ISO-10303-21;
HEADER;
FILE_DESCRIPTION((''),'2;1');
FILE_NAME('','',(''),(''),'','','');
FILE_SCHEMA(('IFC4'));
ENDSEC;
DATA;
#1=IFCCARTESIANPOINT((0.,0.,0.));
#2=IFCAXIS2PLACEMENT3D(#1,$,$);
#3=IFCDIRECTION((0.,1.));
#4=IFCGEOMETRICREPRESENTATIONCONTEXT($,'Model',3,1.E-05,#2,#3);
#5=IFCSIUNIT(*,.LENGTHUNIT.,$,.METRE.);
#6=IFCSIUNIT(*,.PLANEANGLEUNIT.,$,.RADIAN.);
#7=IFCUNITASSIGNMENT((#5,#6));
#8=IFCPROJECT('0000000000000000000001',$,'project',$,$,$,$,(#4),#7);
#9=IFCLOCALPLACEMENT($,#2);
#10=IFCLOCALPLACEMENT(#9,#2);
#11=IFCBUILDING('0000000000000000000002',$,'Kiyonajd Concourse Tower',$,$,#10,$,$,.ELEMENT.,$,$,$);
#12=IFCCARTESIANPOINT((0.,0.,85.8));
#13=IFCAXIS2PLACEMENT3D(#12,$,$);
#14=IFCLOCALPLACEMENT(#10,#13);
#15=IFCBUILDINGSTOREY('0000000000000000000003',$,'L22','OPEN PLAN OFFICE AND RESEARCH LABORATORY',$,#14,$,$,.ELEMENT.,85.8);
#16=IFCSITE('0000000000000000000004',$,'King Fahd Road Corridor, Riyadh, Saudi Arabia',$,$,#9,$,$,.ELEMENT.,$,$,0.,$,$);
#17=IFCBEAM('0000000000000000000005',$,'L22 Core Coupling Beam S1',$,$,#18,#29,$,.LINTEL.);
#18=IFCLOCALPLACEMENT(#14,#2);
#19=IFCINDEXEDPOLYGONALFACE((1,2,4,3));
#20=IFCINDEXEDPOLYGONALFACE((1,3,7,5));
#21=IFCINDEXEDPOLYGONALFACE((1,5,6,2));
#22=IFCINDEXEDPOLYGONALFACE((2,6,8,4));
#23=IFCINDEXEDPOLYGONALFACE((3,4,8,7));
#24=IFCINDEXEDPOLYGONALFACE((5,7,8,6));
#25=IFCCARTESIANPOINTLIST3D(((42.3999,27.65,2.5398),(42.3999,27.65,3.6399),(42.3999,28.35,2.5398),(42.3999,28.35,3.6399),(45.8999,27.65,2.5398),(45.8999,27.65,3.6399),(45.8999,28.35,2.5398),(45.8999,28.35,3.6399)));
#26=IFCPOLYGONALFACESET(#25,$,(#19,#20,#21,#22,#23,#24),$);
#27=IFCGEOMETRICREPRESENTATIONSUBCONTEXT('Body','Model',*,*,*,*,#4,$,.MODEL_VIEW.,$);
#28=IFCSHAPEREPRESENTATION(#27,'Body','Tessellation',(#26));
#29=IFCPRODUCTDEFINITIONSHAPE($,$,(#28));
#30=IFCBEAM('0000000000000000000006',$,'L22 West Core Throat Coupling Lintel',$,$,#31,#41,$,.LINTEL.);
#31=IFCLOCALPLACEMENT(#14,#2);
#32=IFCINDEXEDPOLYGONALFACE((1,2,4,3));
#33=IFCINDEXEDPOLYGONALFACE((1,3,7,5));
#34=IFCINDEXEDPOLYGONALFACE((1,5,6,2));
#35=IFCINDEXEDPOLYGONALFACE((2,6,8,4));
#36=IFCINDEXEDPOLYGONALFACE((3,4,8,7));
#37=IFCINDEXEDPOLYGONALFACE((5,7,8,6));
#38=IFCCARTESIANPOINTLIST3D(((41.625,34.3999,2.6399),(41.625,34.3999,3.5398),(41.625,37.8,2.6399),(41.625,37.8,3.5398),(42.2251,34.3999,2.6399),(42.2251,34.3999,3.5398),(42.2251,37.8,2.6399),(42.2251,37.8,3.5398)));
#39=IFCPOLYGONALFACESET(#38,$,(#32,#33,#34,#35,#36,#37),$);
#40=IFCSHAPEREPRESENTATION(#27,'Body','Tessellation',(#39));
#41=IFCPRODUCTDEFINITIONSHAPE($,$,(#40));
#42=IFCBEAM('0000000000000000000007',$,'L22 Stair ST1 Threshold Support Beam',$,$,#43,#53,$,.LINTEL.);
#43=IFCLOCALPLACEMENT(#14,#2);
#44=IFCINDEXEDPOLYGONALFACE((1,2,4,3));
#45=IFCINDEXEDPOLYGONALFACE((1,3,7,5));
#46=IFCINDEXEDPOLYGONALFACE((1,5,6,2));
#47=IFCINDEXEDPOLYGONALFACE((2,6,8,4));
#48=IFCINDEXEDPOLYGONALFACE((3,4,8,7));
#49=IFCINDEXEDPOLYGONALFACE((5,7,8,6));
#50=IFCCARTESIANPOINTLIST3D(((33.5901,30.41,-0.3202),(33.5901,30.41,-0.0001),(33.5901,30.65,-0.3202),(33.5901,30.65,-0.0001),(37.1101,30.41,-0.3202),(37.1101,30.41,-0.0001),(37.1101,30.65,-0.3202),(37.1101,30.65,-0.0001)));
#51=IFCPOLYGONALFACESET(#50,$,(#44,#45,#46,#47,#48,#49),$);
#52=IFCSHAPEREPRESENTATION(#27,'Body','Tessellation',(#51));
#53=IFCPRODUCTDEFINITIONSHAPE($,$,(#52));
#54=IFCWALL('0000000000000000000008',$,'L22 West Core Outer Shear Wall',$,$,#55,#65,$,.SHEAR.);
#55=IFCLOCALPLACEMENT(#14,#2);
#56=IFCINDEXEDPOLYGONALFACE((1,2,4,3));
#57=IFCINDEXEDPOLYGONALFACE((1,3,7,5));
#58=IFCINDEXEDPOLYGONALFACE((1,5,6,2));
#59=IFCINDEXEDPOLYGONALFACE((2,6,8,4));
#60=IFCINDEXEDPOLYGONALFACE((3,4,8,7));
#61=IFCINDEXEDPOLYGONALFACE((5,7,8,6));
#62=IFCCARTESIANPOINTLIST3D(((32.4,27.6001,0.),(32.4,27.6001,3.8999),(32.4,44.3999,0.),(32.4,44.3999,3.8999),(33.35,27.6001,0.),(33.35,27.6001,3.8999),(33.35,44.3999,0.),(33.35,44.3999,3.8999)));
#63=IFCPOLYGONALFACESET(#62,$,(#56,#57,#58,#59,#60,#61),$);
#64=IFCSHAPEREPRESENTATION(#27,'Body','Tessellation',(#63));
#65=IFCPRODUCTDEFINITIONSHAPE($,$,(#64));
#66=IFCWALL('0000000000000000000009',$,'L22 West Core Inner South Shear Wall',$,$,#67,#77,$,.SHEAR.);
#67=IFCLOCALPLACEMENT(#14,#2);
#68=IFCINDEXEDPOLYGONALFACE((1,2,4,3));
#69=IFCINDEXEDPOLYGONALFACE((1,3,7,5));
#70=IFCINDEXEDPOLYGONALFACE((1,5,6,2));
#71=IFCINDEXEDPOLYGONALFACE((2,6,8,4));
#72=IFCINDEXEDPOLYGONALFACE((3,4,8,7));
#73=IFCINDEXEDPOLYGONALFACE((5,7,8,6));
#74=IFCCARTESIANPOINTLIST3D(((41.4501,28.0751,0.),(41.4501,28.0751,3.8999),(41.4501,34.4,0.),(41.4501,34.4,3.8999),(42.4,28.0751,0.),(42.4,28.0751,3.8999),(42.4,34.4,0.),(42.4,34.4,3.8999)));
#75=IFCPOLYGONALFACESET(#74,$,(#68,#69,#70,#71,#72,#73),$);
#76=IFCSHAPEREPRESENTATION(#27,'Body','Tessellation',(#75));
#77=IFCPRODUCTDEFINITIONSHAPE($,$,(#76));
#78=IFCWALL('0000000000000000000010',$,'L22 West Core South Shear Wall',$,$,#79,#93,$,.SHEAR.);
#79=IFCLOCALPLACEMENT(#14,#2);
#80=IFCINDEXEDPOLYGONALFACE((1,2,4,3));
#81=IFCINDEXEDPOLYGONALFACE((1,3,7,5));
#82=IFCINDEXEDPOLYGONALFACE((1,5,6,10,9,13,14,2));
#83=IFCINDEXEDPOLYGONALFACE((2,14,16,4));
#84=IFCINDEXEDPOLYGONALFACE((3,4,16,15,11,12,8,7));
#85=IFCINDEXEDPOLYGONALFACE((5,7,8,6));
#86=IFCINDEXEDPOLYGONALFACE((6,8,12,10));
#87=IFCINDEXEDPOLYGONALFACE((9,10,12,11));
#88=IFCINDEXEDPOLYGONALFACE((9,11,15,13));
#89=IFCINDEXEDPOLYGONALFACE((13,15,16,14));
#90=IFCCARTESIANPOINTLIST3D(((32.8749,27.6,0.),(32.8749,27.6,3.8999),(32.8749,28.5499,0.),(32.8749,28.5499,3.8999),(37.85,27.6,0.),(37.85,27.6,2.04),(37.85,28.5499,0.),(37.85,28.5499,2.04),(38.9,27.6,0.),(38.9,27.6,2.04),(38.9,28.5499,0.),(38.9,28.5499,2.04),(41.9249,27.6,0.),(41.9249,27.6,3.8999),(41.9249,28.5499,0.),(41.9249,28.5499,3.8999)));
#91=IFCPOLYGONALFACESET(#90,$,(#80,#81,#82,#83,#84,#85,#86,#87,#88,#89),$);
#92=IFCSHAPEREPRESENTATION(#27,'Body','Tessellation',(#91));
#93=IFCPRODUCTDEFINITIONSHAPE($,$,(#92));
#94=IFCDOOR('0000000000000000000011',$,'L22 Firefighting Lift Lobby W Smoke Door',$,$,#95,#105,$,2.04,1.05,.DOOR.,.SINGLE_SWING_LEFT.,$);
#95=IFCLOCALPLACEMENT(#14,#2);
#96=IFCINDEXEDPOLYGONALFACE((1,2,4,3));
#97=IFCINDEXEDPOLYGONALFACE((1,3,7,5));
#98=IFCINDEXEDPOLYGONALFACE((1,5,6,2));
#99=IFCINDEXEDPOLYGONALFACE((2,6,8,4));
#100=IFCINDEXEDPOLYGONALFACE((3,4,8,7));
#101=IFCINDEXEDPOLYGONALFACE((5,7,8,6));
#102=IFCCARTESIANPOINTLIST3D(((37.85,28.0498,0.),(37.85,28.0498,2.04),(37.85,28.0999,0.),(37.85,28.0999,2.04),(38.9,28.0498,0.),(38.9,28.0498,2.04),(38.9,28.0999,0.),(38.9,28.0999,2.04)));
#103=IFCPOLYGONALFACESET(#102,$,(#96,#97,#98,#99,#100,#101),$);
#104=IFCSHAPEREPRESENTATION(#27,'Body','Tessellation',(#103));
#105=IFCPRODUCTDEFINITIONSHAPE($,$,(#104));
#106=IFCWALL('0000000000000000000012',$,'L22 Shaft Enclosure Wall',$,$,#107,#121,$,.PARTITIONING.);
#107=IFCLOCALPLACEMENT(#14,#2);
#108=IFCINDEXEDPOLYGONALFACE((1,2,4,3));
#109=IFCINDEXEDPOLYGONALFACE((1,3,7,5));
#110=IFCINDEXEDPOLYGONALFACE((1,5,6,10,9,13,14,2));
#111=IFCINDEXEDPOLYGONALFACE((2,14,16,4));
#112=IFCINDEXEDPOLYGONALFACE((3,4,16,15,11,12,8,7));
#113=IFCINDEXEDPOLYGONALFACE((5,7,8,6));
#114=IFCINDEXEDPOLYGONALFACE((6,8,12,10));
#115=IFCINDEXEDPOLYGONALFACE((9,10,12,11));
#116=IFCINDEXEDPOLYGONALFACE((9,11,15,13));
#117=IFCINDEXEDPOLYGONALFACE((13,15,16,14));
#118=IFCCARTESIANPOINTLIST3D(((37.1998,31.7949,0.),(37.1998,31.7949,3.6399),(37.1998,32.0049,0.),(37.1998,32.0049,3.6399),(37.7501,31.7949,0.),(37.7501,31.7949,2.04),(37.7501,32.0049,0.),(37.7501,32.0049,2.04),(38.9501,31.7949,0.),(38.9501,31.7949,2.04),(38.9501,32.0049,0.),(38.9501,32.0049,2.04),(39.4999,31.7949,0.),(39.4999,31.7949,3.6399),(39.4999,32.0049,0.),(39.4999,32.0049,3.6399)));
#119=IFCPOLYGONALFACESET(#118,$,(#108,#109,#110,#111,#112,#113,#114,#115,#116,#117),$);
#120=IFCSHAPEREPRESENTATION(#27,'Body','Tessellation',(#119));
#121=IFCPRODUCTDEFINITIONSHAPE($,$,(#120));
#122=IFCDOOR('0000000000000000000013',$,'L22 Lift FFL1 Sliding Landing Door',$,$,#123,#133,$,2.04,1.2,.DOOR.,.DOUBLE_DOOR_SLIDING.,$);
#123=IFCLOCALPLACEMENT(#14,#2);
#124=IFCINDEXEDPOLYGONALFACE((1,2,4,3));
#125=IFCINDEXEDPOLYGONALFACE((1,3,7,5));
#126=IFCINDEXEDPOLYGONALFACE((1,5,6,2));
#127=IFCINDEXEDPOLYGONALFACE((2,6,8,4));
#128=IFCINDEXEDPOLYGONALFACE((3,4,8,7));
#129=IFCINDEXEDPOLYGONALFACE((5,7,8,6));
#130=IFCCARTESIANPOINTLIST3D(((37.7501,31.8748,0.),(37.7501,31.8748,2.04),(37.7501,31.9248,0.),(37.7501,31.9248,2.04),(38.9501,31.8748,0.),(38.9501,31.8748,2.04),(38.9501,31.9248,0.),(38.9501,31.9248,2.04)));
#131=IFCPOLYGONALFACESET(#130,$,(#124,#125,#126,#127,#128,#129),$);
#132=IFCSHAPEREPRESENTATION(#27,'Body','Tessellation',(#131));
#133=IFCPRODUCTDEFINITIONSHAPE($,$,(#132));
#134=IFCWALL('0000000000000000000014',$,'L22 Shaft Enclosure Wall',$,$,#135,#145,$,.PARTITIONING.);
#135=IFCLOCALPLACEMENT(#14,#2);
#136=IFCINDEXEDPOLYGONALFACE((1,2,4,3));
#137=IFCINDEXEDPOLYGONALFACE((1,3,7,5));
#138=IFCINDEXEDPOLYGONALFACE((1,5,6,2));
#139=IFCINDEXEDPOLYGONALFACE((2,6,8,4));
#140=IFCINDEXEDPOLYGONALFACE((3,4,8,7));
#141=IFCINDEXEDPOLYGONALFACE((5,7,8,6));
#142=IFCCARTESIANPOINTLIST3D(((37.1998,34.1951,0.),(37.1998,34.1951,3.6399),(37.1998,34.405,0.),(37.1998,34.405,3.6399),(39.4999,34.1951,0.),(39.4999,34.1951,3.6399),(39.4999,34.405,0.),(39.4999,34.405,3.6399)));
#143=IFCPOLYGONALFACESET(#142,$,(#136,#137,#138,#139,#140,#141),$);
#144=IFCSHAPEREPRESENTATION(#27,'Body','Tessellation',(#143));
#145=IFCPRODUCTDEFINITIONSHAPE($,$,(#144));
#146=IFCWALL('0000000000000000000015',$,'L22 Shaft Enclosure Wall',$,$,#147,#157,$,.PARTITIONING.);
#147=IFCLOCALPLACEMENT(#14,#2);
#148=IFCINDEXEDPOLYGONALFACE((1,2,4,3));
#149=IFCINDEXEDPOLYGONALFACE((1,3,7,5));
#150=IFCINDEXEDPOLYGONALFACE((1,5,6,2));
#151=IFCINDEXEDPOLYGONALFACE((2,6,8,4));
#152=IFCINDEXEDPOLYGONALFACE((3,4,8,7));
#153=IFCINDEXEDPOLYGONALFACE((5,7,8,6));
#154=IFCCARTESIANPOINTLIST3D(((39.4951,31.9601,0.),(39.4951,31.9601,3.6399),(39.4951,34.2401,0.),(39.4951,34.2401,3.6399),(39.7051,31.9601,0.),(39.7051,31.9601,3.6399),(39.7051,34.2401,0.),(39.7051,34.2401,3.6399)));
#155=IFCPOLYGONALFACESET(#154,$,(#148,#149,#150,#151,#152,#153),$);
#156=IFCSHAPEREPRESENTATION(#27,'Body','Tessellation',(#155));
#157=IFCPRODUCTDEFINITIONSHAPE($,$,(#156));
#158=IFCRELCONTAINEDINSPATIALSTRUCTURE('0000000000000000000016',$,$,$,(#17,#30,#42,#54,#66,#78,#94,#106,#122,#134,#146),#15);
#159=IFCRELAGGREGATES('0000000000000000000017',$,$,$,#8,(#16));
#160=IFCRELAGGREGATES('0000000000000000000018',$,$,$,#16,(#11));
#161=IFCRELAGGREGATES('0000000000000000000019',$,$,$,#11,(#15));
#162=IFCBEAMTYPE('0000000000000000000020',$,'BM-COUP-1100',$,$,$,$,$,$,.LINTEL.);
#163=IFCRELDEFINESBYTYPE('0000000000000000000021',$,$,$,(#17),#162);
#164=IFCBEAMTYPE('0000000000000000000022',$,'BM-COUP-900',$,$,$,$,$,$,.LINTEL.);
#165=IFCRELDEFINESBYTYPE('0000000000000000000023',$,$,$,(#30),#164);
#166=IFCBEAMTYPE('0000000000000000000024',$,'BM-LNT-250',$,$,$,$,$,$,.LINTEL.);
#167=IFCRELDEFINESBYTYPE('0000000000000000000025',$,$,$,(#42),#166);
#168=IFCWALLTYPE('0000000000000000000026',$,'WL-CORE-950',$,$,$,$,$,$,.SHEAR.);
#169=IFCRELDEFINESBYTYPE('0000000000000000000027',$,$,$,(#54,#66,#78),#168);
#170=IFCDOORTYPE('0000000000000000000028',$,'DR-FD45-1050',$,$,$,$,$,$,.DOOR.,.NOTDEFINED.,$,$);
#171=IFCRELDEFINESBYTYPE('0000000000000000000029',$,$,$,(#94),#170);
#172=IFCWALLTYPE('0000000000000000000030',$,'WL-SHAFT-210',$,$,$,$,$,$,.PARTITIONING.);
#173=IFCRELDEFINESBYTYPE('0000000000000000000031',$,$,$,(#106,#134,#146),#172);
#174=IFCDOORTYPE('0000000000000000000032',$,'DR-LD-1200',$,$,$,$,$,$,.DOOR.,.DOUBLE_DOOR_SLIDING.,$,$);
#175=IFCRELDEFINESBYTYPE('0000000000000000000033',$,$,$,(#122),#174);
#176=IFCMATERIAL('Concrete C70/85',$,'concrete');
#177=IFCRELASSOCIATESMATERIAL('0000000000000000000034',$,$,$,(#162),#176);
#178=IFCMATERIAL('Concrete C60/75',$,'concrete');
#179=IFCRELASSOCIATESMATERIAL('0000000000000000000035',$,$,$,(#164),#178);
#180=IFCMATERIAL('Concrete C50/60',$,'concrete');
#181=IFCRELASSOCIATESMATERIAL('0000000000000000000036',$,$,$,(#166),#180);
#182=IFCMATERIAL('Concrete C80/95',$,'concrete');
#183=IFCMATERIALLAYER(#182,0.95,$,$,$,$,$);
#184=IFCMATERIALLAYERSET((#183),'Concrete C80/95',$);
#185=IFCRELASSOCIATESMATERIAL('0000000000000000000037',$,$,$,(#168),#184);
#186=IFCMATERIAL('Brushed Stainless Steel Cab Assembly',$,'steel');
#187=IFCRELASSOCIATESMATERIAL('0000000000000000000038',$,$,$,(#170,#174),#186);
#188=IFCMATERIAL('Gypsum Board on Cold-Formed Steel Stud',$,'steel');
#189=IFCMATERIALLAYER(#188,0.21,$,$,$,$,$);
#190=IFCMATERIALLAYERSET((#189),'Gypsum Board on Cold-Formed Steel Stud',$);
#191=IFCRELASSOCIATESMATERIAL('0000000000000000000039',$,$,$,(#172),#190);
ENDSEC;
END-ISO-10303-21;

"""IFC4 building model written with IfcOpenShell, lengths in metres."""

from ifc_helpers import new_model, si_unit, direction, frame, frame_2d, origin, origin_2d, place, context, subcontext, project, spatial, rectangle, extrude, material, layer, layer_set, material_profile, profile_set, type_object, element, fill, save


model = new_model("IFC4")

# Units and contexts
model_context = context("Model", 3, precision=1e-05, world=origin(), true_north=direction((0.0, 1.0)))
body_context = subcontext(model_context, "Body", "Model", "MODEL_VIEW")
ifc_project = project(units=[si_unit("LENGTHUNIT", "METRE"), si_unit("PLANEANGLEUNIT", "RADIAN")], contexts=[model_context])

# Site, building, storey
site_placement = place(None, origin())
site = spatial("IfcSite", under=ifc_project, at=site_placement, Name="King Fahd Road Corridor, Riyadh, Saudi Arabia", CompositionType="ELEMENT", RefElevation=0.0)
building_placement = place(site_placement, origin())
building = spatial("IfcBuilding", under=site, at=building_placement, Name="Kiyonajd Concourse Tower", CompositionType="ELEMENT")
storey_placement = place(building_placement, frame((0.0, 0.0, 85.8)))
storey = spatial("IfcBuildingStorey", under=building, at=storey_placement, Name="L22", Description="OPEN PLAN OFFICE AND RESEARCH LABORATORY", CompositionType="ELEMENT", Elevation=85.8)

# Beams
ifc_material_1 = material(Name="Concrete C70/85", Category="concrete")
ifc_material_profile_1 = material_profile(ifc_material_1, rectangle(XDim=0.7, YDim=1.1001, at=origin_2d()), Name="RCBM-700x1100")
ifc_profile_set_1 = profile_set([ifc_material_profile_1], Name="Concrete C70/85")
beam_type_1 = type_object("IfcBeamType", Name="BM-COUP-1100", PredefinedType="LINTEL", material=ifc_profile_set_1)
beam_1_placement = place(storey_placement, frame((42.3999, 28.0, 3.0898), z_axis=(1.0, 0.0, 0.0), x_axis=(0.0, 1.0, 0.0)))
element("IfcBeam", 1, at=beam_1_placement, inside=storey, type_object=beam_type_1, Name="L22 Core Coupling Beam S1", PredefinedType="LINTEL", context=body_context, shape_type="SweptSolid", body=[
    extrude(rectangle(XDim=0.7, YDim=1.1001, at=origin_2d()), origin(), (0.0, 0.0, 1.0), 3.5),
])
ifc_material_2 = material(Name="Concrete C60/75", Category="concrete")
ifc_material_profile_2 = material_profile(ifc_material_2, rectangle(XDim=0.6001, YDim=0.8999, at=origin_2d()), Name="RCBM-600x900")
ifc_profile_set_2 = profile_set([ifc_material_profile_2], Name="Concrete C60/75")
beam_type_2 = type_object("IfcBeamType", Name="BM-COUP-900", PredefinedType="LINTEL", material=ifc_profile_set_2)
beam_2_placement = place(storey_placement, frame((41.925, 34.3999, 3.0898), z_axis=(0.0, 1.0, 0.0), x_axis=(-1.0, 0.0, 0.0)))
element("IfcBeam", 2, at=beam_2_placement, inside=storey, type_object=beam_type_2, Name="L22 West Core Throat Coupling Lintel", PredefinedType="LINTEL", context=body_context, shape_type="SweptSolid", body=[
    extrude(rectangle(XDim=0.6001, YDim=0.8999, at=origin_2d()), origin(), (0.0, 0.0, 1.0), 3.4001),
])
ifc_material_3 = material(Name="Concrete C50/60", Category="concrete")
ifc_material_profile_3 = material_profile(ifc_material_3, rectangle(XDim=0.24, YDim=0.3201, at=origin_2d()), Name="RCBM-240x320")
ifc_profile_set_3 = profile_set([ifc_material_profile_3], Name="Concrete C50/60")
beam_type_3 = type_object("IfcBeamType", Name="BM-LNT-250", PredefinedType="LINTEL", material=ifc_profile_set_3)
beam_3_placement = place(storey_placement, frame((33.5901, 30.53, -0.1602), z_axis=(1.0, 0.0, 0.0), x_axis=(0.0, 1.0, 0.0)))
element("IfcBeam", 3, at=beam_3_placement, inside=storey, type_object=beam_type_3, Name="L22 Stair ST1 Threshold Support Beam", PredefinedType="LINTEL", context=body_context, shape_type="SweptSolid", body=[
    extrude(rectangle(XDim=0.24, YDim=0.3201, at=origin_2d()), origin(), (0.0, 0.0, 1.0), 3.52),
])

# Walls
ifc_material_4 = material(Name="Concrete C80/95", Category="concrete")
ifc_layer_1 = layer(ifc_material_4, 0.95)
ifc_layer_set_1 = layer_set([ifc_layer_1], Name="Concrete C80/95")
wall_type_1 = type_object("IfcWallType", Name="WL-CORE-950", PredefinedType="SHEAR", material=ifc_layer_set_1)
wall_1_placement = place(storey_placement, frame((32.875, 27.6001, 0.0), z_axis=(0.0, 0.0, 1.0), x_axis=(0.0, 1.0, 0.0)))
element("IfcWall", 4, at=wall_1_placement, inside=storey, type_object=wall_type_1, Name="L22 West Core Outer Shear Wall", PredefinedType="SHEAR", context=body_context, shape_type="SweptSolid", body=[
    extrude(rectangle(XDim=16.7998, YDim=0.95, at=frame_2d((8.3999, 0.0))), origin(), (0.0, 0.0, 1.0), 3.8999),
])
wall_2_placement = place(storey_placement, frame((41.925, 28.075, 0.0), z_axis=(0.0, 0.0, 1.0), x_axis=(0.0, 1.0, 0.0)))
element("IfcWall", 5, at=wall_2_placement, inside=storey, type_object=wall_type_1, Name="L22 West Core Inner South Shear Wall", PredefinedType="SHEAR", context=body_context, shape_type="SweptSolid", body=[
    extrude(rectangle(XDim=6.325, YDim=0.95, at=frame_2d((3.1626, 0.0))), origin(), (0.0, 0.0, 1.0), 3.8999),
])

# Walls, openings, doors
wall_3_placement = place(storey_placement, frame((32.875, 28.075, 0.0), z_axis=(0.0, 0.0, 1.0), x_axis=(1.0, 0.0, 0.0)))
wall_3 = element("IfcWall", 6, at=wall_3_placement, inside=storey, type_object=wall_type_1, Name="L22 West Core South Shear Wall", PredefinedType="SHEAR", context=body_context, shape_type="SweptSolid", body=[
    extrude(rectangle(XDim=9.05, YDim=0.95, at=frame_2d((4.5249, 0.0))), origin(), (0.0, 0.0, 1.0), 3.8999),
])
opening_1_placement = place(wall_3_placement, frame((4.9751, 0.0, 0.0)))
opening_1 = element("IfcOpeningElement", 7, at=opening_1_placement, cuts=wall_3, PredefinedType="OPENING", context=body_context, shape_type="SweptSolid", body=[
    extrude(rectangle(XDim=1.05, YDim=2.04, at=frame_2d((0.5249, 1.02))), frame((0.0, 0.4849, 0.0), z_axis=(0.0, -1.0, 0.0), x_axis=(1.0, 0.0, 0.0)), (0.0, 0.0, 1.0), 0.97),
])
ifc_material_5 = material(Name="Brushed Stainless Steel Cab Assembly", Category="steel")
door_type_1 = type_object("IfcDoorType", Name="DR-FD45-1050", OperationType="NOTDEFINED", PredefinedType="DOOR", material=ifc_material_5)
door_1_placement = place(opening_1_placement, origin())
door_1 = element("IfcDoor", 8, at=door_1_placement, inside=storey, type_object=door_type_1, Name="L22 Firefighting Lift Lobby W Smoke Door", OperationType="SINGLE_SWING_LEFT", OverallHeight=2.04, OverallWidth=1.05, PredefinedType="DOOR", context=body_context, shape_type="SweptSolid", body=[
    extrude(rectangle(XDim=1.05, YDim=2.04, at=frame_2d((0.5249, 1.02))), frame((0.0, 0.0249, 0.0), z_axis=(0.0, -1.0, 0.0), x_axis=(1.0, 0.0, 0.0)), (0.0, 0.0, 1.0), 0.05),
])
fill(opening_1, door_1)
ifc_material_6 = material(Name="Gypsum Board on Cold-Formed Steel Stud", Category="steel")
ifc_layer_2 = layer(ifc_material_6, 0.21)
ifc_layer_set_2 = layer_set([ifc_layer_2], Name="Gypsum Board on Cold-Formed Steel Stud")
wall_type_2 = type_object("IfcWallType", Name="WL-SHAFT-210", PredefinedType="PARTITIONING", material=ifc_layer_set_2)
wall_4_placement = place(storey_placement, frame((37.2, 31.8999, 0.0), z_axis=(0.0, 0.0, 1.0), x_axis=(1.0, 0.0, 0.0)))
wall_4 = element("IfcWall", 9, at=wall_4_placement, inside=storey, type_object=wall_type_2, Name="L22 Shaft Enclosure Wall", PredefinedType="PARTITIONING", context=body_context, shape_type="SweptSolid", body=[
    extrude(rectangle(XDim=2.3, YDim=0.21, at=frame_2d((1.1499, 0.0))), origin(), (0.0, 0.0, 1.0), 3.6399),
])
opening_2_placement = place(wall_4_placement, frame((0.55, 0.0, 0.0)))
opening_2 = element("IfcOpeningElement", 10, at=opening_2_placement, cuts=wall_4, PredefinedType="OPENING", context=body_context, shape_type="SweptSolid", body=[
    extrude(rectangle(XDim=1.2, YDim=2.04, at=frame_2d((0.6001, 1.02))), frame((0.0, 0.115, 0.0), z_axis=(0.0, -1.0, 0.0), x_axis=(1.0, 0.0, 0.0)), (0.0, 0.0, 1.0), 0.23),
])
door_type_2 = type_object("IfcDoorType", Name="DR-LD-1200", OperationType="DOUBLE_DOOR_SLIDING", PredefinedType="DOOR", material=ifc_material_5)
door_2_placement = place(opening_2_placement, origin())
door_2 = element("IfcDoor", 11, at=door_2_placement, inside=storey, type_object=door_type_2, Name="L22 Lift FFL1 Sliding Landing Door", OperationType="DOUBLE_DOOR_SLIDING", OverallHeight=2.04, OverallWidth=1.2, PredefinedType="DOOR", context=body_context, shape_type="SweptSolid", body=[
    extrude(rectangle(XDim=1.2, YDim=2.04, at=frame_2d((0.6001, 1.02))), frame((0.0, 0.0249, 0.0), z_axis=(0.0, -1.0, 0.0), x_axis=(1.0, 0.0, 0.0)), (0.0, 0.0, 1.0), 0.05),
])
fill(opening_2, door_2)

# Walls
wall_5_placement = place(storey_placement, frame((37.2, 34.3, 0.0), z_axis=(0.0, 0.0, 1.0), x_axis=(1.0, 0.0, 0.0)))
element("IfcWall", 12, at=wall_5_placement, inside=storey, type_object=wall_type_2, Name="L22 Shaft Enclosure Wall", PredefinedType="PARTITIONING", context=body_context, shape_type="SweptSolid", body=[
    extrude(rectangle(XDim=2.3, YDim=0.21, at=frame_2d((1.1499, 0.0))), origin(), (0.0, 0.0, 1.0), 3.6399),
])
wall_6_placement = place(storey_placement, frame((39.6001, 31.96, 0.0), z_axis=(0.0, 0.0, 1.0), x_axis=(0.0, 1.0, 0.0)))
element("IfcWall", 13, at=wall_6_placement, inside=storey, type_object=wall_type_2, Name="L22 Shaft Enclosure Wall", PredefinedType="PARTITIONING", context=body_context, shape_type="SweptSolid", body=[
    extrude(rectangle(XDim=2.28, YDim=0.21, at=frame_2d((1.1401, 0.0))), origin(), (0.0, 0.0, 1.0), 3.6399),
])

save(model, "model.ifc")
